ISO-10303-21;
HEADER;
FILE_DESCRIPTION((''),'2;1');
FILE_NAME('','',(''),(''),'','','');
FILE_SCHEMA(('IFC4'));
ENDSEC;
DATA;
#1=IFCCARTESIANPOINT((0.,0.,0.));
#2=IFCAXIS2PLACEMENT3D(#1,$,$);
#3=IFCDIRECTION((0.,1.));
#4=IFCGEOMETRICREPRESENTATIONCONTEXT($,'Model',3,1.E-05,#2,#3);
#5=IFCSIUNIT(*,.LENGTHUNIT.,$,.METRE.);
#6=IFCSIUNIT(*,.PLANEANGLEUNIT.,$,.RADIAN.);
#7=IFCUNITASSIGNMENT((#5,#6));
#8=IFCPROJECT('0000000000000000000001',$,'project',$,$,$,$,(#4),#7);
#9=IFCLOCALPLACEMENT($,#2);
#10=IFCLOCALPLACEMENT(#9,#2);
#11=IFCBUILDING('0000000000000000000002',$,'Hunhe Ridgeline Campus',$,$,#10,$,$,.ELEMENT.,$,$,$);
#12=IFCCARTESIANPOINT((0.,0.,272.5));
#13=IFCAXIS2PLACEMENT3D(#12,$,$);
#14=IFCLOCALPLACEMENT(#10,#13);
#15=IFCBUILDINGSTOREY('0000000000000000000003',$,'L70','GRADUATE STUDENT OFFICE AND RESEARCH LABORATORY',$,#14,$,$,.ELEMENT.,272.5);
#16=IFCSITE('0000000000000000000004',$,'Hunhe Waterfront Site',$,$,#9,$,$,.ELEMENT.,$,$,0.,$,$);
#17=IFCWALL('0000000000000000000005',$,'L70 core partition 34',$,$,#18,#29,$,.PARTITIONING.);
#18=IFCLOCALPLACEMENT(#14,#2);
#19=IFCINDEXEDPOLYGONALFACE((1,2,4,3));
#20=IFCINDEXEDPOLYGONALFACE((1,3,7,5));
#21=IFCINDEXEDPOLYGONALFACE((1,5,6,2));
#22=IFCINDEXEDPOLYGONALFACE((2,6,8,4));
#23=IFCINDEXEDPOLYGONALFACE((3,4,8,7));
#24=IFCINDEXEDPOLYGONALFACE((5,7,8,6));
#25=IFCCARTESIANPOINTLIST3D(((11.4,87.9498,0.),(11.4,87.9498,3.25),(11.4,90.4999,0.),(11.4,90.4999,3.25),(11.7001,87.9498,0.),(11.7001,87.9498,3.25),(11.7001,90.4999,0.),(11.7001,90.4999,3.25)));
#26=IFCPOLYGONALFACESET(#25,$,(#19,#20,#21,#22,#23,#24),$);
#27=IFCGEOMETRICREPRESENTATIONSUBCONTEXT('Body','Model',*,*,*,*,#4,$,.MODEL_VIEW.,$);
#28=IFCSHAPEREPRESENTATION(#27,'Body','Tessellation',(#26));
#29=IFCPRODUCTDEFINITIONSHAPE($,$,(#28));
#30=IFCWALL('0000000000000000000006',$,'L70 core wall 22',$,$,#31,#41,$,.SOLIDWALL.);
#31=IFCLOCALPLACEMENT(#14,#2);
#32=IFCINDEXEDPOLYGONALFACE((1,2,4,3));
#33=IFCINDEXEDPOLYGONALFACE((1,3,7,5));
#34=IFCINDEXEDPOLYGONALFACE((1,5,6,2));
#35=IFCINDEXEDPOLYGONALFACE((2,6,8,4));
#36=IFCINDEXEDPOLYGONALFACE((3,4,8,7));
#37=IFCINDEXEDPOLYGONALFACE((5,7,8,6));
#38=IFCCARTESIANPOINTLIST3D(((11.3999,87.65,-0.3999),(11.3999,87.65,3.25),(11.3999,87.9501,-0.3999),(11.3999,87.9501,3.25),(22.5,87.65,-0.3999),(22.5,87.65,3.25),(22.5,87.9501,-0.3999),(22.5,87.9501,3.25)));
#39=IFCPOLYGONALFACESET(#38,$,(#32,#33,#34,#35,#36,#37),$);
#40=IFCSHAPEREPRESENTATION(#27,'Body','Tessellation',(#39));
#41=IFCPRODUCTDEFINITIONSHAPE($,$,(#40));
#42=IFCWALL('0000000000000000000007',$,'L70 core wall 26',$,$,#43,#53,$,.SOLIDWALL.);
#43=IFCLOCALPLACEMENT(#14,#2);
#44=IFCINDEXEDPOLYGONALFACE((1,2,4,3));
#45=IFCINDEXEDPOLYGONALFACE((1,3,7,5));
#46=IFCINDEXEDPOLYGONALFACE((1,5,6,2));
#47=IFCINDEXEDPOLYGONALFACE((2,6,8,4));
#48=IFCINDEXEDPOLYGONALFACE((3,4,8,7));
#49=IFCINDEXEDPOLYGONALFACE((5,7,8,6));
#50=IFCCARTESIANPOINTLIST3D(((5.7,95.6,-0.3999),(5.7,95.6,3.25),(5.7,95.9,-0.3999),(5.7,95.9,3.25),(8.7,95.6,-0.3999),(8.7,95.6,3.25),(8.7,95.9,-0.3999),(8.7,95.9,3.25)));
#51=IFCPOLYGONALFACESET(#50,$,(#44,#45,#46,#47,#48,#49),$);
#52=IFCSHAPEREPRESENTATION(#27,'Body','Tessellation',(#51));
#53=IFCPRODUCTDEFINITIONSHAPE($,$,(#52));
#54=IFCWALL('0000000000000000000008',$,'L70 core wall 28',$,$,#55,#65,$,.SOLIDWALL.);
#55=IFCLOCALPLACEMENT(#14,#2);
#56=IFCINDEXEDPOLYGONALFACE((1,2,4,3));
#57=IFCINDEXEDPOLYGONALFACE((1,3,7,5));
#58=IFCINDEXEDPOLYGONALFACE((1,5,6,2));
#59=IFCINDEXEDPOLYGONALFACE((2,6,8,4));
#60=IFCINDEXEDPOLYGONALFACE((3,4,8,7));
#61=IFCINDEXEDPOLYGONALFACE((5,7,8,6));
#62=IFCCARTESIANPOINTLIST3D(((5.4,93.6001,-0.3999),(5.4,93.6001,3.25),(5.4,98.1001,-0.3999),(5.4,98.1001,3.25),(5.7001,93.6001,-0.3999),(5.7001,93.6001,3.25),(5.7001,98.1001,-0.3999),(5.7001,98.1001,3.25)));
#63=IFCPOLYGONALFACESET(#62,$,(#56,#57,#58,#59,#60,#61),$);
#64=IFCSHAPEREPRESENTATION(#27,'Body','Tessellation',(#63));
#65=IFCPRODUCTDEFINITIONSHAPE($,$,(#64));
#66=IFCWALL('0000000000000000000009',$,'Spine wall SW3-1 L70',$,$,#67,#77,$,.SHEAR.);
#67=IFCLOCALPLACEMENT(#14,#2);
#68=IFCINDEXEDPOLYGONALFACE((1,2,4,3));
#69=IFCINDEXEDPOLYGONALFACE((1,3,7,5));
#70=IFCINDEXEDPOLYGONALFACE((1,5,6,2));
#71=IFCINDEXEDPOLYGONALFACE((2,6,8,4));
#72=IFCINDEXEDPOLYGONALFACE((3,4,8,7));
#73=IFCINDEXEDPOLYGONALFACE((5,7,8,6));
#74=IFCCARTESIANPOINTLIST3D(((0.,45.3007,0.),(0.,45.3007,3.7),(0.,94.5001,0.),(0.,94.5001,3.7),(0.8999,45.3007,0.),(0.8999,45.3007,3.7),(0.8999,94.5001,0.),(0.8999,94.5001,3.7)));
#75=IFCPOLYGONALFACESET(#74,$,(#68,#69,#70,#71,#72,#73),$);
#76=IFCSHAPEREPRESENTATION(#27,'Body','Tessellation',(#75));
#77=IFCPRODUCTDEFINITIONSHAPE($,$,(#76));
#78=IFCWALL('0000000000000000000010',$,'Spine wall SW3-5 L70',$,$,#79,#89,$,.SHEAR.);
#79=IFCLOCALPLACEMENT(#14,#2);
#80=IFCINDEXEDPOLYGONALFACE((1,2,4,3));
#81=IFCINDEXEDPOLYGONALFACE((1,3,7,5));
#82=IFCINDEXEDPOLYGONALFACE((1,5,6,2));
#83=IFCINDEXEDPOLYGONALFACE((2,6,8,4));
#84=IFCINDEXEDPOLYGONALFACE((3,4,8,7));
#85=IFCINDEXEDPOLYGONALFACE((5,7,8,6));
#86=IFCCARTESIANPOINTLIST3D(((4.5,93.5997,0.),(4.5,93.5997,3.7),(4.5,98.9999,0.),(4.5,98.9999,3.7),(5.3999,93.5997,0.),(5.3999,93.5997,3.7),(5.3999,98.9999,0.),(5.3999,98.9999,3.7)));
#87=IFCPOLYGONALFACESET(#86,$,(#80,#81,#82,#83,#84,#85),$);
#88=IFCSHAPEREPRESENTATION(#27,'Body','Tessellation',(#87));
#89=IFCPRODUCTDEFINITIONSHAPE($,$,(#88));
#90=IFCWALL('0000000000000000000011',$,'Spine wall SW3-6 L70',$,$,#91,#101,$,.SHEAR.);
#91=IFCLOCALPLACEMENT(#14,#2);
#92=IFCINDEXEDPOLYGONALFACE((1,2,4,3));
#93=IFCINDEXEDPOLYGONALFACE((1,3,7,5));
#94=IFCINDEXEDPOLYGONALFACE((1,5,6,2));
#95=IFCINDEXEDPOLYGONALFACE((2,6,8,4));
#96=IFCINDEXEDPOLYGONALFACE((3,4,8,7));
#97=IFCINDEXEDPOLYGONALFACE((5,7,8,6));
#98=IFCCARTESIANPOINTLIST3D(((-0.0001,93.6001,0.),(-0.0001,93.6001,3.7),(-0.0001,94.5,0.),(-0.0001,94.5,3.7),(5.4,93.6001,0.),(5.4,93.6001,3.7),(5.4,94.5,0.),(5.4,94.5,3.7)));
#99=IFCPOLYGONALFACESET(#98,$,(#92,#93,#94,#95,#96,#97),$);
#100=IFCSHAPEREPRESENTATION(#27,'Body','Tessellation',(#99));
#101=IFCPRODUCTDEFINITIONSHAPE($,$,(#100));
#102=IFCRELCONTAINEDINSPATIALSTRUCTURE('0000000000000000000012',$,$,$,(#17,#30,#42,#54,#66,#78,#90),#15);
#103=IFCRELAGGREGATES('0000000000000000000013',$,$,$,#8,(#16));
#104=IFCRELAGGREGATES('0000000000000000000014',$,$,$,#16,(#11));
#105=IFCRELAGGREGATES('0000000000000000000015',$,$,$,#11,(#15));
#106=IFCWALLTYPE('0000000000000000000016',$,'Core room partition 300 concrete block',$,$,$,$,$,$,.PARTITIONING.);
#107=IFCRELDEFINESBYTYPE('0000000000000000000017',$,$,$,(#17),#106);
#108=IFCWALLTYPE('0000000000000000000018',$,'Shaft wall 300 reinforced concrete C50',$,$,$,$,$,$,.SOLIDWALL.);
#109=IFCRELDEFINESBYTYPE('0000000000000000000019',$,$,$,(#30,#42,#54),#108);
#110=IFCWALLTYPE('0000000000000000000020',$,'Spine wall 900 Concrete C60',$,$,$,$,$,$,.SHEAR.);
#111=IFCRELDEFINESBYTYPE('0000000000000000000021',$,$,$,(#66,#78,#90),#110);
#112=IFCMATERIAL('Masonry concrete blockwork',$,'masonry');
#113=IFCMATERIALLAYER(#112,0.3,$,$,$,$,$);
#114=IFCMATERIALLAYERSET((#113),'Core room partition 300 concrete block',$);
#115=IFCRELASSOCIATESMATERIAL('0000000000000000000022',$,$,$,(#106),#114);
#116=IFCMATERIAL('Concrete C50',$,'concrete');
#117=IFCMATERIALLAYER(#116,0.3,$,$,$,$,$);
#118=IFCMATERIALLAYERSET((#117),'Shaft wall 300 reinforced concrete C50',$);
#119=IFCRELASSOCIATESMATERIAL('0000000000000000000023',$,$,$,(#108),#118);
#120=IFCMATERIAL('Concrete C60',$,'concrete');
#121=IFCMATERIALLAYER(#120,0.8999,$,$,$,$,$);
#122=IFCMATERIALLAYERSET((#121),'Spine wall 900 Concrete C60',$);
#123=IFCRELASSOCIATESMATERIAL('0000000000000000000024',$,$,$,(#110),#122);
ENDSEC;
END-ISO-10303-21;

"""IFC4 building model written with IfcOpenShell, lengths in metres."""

from ifc_helpers import new_model, si_unit, direction, frame, frame_2d, origin, place, context, subcontext, project, spatial, rectangle, extrude, material, layer, layer_set, type_object, element, save


model = new_model("IFC4")

# Units and contexts
model_context = context("Model", 3, precision=1e-05, world=origin(), true_north=direction((0.0, 1.0)))
body_context = subcontext(model_context, "Body", "Model", "MODEL_VIEW")
ifc_project = project(units=[si_unit("LENGTHUNIT", "METRE"), si_unit("PLANEANGLEUNIT", "RADIAN")], contexts=[model_context])

# Site, building, storey
site_placement = place(None, origin())
site = spatial("IfcSite", under=ifc_project, at=site_placement, Name="Hunhe Waterfront Site", CompositionType="ELEMENT", RefElevation=0.0)
building_placement = place(site_placement, origin())
building = spatial("IfcBuilding", under=site, at=building_placement, Name="Hunhe Ridgeline Campus", CompositionType="ELEMENT")
storey_placement = place(building_placement, frame((0.0, 0.0, 272.5)))
storey = spatial("IfcBuildingStorey", under=building, at=storey_placement, Name="L70", Description="GRADUATE STUDENT OFFICE AND RESEARCH LABORATORY", CompositionType="ELEMENT", Elevation=272.5)

# Wall
ifc_material_1 = material(Name="Masonry concrete blockwork", Category="masonry")
ifc_layer_1 = layer(ifc_material_1, 0.3)
ifc_layer_set_1 = layer_set([ifc_layer_1], Name="Core room partition 300 concrete block")
wall_type_1 = type_object("IfcWallType", Name="Core room partition 300 concrete block", PredefinedType="PARTITIONING", material=ifc_layer_set_1)
wall_1_placement = place(storey_placement, frame((11.55, 87.95, 0.0), z_axis=(0.0, 0.0, 1.0), x_axis=(0.0, 1.0, 0.0)))
element("IfcWall", 1, at=wall_1_placement, inside=storey, type_object=wall_type_1, Name="L70 core partition 34", PredefinedType="PARTITIONING", context=body_context, shape_type="SweptSolid", body=[
    extrude(rectangle(XDim=2.55, YDim=0.3, at=frame_2d((1.2749, 0.0))), origin(), (0.0, 0.0, 1.0), 3.25),
])

# Shared definitions
ifc_material_2 = material(Name="Concrete C50", Category="concrete")

# Wall
ifc_layer_2 = layer(ifc_material_2, 0.3)
ifc_layer_set_2 = layer_set([ifc_layer_2], Name="Shaft wall 300 reinforced concrete C50")
wall_type_2 = type_object("IfcWallType", Name="Shaft wall 300 reinforced concrete C50", PredefinedType="SOLIDWALL", material=ifc_layer_set_2)
wall_2_placement = place(storey_placement, frame((11.3999, 87.8, -0.3999), z_axis=(0.0, 0.0, 1.0), x_axis=(1.0, 0.0, 0.0)))
element("IfcWall", 2, at=wall_2_placement, inside=storey, type_object=wall_type_2, Name="L70 core wall 22", PredefinedType="SOLIDWALL", context=body_context, shape_type="SweptSolid", body=[
    extrude(rectangle(XDim=11.1001, YDim=0.3, at=frame_2d((5.55, 0.0))), origin(), (0.0, 0.0, 1.0), 3.6499),
])

# Walls
wall_3_placement = place(storey_placement, frame((5.7, 95.75, -0.3999), z_axis=(0.0, 0.0, 1.0), x_axis=(1.0, 0.0, 0.0)))
element("IfcWall", 3, at=wall_3_placement, inside=storey, type_object=wall_type_2, Name="L70 core wall 26", PredefinedType="SOLIDWALL", context=body_context, shape_type="SweptSolid", body=[
    extrude(rectangle(XDim=3.0, YDim=0.3, at=frame_2d((1.5, 0.0))), origin(), (0.0, 0.0, 1.0), 3.6499),
])
wall_4_placement = place(storey_placement, frame((5.55, 93.6001, -0.3999), z_axis=(0.0, 0.0, 1.0), x_axis=(0.0, 1.0, 0.0)))
element("IfcWall", 4, at=wall_4_placement, inside=storey, type_object=wall_type_2, Name="L70 core wall 28", PredefinedType="SOLIDWALL", context=body_context, shape_type="SweptSolid", body=[
    extrude(rectangle(XDim=4.5, YDim=0.3, at=frame_2d((2.25, 0.0))), origin(), (0.0, 0.0, 1.0), 3.6499),
])

# Walls
ifc_material_3 = material(Name="Concrete C60", Category="concrete")
ifc_layer_3 = layer(ifc_material_3, 0.8999)
ifc_layer_set_3 = layer_set([ifc_layer_3], Name="Spine wall 900 Concrete C60")
wall_type_3 = type_object("IfcWallType", Name="Spine wall 900 Concrete C60", PredefinedType="SHEAR", material=ifc_layer_set_3)
wall_5_placement = place(storey_placement, frame((0.45, 94.5, 0.0), z_axis=(0.0, 0.0, 1.0), x_axis=(0.0, -1.0, 0.0)))
element("IfcWall", 5, at=wall_5_placement, inside=storey, type_object=wall_type_3, Name="Spine wall SW3-1 L70", PredefinedType="SHEAR", context=body_context, shape_type="SweptSolid", body=[
    extrude(rectangle(XDim=49.1995, YDim=0.8999, at=frame_2d((24.5996, 0.0))), origin(), (0.0, 0.0, 1.0), 3.7),
])
for number, where, z_axis, x_axis, name in (
    (6, (4.95, 99.0, 0.0), (0.0, 0.0, 1.0), (0.0, -1.0, 0.0), "Spine wall SW3-5 L70"),
    (7, (5.4001, 94.05, 0.0), (0.0, 0.0, 1.0), (-1.0, 0.0, 0.0), "Spine wall SW3-6 L70"),
):
    element("IfcWall", number, at=place(storey_placement, frame(where, z_axis=z_axis, x_axis=x_axis)), inside=storey, type_object=wall_type_3, Name=name, PredefinedType="SHEAR", context=body_context, shape_type="SweptSolid", body=[
        extrude(rectangle(XDim=5.4001, YDim=0.8999, at=frame_2d((2.7002, 0.0))), origin(), (0.0, 0.0, 1.0), 3.7),
    ])

save(model, "model.ifc")
